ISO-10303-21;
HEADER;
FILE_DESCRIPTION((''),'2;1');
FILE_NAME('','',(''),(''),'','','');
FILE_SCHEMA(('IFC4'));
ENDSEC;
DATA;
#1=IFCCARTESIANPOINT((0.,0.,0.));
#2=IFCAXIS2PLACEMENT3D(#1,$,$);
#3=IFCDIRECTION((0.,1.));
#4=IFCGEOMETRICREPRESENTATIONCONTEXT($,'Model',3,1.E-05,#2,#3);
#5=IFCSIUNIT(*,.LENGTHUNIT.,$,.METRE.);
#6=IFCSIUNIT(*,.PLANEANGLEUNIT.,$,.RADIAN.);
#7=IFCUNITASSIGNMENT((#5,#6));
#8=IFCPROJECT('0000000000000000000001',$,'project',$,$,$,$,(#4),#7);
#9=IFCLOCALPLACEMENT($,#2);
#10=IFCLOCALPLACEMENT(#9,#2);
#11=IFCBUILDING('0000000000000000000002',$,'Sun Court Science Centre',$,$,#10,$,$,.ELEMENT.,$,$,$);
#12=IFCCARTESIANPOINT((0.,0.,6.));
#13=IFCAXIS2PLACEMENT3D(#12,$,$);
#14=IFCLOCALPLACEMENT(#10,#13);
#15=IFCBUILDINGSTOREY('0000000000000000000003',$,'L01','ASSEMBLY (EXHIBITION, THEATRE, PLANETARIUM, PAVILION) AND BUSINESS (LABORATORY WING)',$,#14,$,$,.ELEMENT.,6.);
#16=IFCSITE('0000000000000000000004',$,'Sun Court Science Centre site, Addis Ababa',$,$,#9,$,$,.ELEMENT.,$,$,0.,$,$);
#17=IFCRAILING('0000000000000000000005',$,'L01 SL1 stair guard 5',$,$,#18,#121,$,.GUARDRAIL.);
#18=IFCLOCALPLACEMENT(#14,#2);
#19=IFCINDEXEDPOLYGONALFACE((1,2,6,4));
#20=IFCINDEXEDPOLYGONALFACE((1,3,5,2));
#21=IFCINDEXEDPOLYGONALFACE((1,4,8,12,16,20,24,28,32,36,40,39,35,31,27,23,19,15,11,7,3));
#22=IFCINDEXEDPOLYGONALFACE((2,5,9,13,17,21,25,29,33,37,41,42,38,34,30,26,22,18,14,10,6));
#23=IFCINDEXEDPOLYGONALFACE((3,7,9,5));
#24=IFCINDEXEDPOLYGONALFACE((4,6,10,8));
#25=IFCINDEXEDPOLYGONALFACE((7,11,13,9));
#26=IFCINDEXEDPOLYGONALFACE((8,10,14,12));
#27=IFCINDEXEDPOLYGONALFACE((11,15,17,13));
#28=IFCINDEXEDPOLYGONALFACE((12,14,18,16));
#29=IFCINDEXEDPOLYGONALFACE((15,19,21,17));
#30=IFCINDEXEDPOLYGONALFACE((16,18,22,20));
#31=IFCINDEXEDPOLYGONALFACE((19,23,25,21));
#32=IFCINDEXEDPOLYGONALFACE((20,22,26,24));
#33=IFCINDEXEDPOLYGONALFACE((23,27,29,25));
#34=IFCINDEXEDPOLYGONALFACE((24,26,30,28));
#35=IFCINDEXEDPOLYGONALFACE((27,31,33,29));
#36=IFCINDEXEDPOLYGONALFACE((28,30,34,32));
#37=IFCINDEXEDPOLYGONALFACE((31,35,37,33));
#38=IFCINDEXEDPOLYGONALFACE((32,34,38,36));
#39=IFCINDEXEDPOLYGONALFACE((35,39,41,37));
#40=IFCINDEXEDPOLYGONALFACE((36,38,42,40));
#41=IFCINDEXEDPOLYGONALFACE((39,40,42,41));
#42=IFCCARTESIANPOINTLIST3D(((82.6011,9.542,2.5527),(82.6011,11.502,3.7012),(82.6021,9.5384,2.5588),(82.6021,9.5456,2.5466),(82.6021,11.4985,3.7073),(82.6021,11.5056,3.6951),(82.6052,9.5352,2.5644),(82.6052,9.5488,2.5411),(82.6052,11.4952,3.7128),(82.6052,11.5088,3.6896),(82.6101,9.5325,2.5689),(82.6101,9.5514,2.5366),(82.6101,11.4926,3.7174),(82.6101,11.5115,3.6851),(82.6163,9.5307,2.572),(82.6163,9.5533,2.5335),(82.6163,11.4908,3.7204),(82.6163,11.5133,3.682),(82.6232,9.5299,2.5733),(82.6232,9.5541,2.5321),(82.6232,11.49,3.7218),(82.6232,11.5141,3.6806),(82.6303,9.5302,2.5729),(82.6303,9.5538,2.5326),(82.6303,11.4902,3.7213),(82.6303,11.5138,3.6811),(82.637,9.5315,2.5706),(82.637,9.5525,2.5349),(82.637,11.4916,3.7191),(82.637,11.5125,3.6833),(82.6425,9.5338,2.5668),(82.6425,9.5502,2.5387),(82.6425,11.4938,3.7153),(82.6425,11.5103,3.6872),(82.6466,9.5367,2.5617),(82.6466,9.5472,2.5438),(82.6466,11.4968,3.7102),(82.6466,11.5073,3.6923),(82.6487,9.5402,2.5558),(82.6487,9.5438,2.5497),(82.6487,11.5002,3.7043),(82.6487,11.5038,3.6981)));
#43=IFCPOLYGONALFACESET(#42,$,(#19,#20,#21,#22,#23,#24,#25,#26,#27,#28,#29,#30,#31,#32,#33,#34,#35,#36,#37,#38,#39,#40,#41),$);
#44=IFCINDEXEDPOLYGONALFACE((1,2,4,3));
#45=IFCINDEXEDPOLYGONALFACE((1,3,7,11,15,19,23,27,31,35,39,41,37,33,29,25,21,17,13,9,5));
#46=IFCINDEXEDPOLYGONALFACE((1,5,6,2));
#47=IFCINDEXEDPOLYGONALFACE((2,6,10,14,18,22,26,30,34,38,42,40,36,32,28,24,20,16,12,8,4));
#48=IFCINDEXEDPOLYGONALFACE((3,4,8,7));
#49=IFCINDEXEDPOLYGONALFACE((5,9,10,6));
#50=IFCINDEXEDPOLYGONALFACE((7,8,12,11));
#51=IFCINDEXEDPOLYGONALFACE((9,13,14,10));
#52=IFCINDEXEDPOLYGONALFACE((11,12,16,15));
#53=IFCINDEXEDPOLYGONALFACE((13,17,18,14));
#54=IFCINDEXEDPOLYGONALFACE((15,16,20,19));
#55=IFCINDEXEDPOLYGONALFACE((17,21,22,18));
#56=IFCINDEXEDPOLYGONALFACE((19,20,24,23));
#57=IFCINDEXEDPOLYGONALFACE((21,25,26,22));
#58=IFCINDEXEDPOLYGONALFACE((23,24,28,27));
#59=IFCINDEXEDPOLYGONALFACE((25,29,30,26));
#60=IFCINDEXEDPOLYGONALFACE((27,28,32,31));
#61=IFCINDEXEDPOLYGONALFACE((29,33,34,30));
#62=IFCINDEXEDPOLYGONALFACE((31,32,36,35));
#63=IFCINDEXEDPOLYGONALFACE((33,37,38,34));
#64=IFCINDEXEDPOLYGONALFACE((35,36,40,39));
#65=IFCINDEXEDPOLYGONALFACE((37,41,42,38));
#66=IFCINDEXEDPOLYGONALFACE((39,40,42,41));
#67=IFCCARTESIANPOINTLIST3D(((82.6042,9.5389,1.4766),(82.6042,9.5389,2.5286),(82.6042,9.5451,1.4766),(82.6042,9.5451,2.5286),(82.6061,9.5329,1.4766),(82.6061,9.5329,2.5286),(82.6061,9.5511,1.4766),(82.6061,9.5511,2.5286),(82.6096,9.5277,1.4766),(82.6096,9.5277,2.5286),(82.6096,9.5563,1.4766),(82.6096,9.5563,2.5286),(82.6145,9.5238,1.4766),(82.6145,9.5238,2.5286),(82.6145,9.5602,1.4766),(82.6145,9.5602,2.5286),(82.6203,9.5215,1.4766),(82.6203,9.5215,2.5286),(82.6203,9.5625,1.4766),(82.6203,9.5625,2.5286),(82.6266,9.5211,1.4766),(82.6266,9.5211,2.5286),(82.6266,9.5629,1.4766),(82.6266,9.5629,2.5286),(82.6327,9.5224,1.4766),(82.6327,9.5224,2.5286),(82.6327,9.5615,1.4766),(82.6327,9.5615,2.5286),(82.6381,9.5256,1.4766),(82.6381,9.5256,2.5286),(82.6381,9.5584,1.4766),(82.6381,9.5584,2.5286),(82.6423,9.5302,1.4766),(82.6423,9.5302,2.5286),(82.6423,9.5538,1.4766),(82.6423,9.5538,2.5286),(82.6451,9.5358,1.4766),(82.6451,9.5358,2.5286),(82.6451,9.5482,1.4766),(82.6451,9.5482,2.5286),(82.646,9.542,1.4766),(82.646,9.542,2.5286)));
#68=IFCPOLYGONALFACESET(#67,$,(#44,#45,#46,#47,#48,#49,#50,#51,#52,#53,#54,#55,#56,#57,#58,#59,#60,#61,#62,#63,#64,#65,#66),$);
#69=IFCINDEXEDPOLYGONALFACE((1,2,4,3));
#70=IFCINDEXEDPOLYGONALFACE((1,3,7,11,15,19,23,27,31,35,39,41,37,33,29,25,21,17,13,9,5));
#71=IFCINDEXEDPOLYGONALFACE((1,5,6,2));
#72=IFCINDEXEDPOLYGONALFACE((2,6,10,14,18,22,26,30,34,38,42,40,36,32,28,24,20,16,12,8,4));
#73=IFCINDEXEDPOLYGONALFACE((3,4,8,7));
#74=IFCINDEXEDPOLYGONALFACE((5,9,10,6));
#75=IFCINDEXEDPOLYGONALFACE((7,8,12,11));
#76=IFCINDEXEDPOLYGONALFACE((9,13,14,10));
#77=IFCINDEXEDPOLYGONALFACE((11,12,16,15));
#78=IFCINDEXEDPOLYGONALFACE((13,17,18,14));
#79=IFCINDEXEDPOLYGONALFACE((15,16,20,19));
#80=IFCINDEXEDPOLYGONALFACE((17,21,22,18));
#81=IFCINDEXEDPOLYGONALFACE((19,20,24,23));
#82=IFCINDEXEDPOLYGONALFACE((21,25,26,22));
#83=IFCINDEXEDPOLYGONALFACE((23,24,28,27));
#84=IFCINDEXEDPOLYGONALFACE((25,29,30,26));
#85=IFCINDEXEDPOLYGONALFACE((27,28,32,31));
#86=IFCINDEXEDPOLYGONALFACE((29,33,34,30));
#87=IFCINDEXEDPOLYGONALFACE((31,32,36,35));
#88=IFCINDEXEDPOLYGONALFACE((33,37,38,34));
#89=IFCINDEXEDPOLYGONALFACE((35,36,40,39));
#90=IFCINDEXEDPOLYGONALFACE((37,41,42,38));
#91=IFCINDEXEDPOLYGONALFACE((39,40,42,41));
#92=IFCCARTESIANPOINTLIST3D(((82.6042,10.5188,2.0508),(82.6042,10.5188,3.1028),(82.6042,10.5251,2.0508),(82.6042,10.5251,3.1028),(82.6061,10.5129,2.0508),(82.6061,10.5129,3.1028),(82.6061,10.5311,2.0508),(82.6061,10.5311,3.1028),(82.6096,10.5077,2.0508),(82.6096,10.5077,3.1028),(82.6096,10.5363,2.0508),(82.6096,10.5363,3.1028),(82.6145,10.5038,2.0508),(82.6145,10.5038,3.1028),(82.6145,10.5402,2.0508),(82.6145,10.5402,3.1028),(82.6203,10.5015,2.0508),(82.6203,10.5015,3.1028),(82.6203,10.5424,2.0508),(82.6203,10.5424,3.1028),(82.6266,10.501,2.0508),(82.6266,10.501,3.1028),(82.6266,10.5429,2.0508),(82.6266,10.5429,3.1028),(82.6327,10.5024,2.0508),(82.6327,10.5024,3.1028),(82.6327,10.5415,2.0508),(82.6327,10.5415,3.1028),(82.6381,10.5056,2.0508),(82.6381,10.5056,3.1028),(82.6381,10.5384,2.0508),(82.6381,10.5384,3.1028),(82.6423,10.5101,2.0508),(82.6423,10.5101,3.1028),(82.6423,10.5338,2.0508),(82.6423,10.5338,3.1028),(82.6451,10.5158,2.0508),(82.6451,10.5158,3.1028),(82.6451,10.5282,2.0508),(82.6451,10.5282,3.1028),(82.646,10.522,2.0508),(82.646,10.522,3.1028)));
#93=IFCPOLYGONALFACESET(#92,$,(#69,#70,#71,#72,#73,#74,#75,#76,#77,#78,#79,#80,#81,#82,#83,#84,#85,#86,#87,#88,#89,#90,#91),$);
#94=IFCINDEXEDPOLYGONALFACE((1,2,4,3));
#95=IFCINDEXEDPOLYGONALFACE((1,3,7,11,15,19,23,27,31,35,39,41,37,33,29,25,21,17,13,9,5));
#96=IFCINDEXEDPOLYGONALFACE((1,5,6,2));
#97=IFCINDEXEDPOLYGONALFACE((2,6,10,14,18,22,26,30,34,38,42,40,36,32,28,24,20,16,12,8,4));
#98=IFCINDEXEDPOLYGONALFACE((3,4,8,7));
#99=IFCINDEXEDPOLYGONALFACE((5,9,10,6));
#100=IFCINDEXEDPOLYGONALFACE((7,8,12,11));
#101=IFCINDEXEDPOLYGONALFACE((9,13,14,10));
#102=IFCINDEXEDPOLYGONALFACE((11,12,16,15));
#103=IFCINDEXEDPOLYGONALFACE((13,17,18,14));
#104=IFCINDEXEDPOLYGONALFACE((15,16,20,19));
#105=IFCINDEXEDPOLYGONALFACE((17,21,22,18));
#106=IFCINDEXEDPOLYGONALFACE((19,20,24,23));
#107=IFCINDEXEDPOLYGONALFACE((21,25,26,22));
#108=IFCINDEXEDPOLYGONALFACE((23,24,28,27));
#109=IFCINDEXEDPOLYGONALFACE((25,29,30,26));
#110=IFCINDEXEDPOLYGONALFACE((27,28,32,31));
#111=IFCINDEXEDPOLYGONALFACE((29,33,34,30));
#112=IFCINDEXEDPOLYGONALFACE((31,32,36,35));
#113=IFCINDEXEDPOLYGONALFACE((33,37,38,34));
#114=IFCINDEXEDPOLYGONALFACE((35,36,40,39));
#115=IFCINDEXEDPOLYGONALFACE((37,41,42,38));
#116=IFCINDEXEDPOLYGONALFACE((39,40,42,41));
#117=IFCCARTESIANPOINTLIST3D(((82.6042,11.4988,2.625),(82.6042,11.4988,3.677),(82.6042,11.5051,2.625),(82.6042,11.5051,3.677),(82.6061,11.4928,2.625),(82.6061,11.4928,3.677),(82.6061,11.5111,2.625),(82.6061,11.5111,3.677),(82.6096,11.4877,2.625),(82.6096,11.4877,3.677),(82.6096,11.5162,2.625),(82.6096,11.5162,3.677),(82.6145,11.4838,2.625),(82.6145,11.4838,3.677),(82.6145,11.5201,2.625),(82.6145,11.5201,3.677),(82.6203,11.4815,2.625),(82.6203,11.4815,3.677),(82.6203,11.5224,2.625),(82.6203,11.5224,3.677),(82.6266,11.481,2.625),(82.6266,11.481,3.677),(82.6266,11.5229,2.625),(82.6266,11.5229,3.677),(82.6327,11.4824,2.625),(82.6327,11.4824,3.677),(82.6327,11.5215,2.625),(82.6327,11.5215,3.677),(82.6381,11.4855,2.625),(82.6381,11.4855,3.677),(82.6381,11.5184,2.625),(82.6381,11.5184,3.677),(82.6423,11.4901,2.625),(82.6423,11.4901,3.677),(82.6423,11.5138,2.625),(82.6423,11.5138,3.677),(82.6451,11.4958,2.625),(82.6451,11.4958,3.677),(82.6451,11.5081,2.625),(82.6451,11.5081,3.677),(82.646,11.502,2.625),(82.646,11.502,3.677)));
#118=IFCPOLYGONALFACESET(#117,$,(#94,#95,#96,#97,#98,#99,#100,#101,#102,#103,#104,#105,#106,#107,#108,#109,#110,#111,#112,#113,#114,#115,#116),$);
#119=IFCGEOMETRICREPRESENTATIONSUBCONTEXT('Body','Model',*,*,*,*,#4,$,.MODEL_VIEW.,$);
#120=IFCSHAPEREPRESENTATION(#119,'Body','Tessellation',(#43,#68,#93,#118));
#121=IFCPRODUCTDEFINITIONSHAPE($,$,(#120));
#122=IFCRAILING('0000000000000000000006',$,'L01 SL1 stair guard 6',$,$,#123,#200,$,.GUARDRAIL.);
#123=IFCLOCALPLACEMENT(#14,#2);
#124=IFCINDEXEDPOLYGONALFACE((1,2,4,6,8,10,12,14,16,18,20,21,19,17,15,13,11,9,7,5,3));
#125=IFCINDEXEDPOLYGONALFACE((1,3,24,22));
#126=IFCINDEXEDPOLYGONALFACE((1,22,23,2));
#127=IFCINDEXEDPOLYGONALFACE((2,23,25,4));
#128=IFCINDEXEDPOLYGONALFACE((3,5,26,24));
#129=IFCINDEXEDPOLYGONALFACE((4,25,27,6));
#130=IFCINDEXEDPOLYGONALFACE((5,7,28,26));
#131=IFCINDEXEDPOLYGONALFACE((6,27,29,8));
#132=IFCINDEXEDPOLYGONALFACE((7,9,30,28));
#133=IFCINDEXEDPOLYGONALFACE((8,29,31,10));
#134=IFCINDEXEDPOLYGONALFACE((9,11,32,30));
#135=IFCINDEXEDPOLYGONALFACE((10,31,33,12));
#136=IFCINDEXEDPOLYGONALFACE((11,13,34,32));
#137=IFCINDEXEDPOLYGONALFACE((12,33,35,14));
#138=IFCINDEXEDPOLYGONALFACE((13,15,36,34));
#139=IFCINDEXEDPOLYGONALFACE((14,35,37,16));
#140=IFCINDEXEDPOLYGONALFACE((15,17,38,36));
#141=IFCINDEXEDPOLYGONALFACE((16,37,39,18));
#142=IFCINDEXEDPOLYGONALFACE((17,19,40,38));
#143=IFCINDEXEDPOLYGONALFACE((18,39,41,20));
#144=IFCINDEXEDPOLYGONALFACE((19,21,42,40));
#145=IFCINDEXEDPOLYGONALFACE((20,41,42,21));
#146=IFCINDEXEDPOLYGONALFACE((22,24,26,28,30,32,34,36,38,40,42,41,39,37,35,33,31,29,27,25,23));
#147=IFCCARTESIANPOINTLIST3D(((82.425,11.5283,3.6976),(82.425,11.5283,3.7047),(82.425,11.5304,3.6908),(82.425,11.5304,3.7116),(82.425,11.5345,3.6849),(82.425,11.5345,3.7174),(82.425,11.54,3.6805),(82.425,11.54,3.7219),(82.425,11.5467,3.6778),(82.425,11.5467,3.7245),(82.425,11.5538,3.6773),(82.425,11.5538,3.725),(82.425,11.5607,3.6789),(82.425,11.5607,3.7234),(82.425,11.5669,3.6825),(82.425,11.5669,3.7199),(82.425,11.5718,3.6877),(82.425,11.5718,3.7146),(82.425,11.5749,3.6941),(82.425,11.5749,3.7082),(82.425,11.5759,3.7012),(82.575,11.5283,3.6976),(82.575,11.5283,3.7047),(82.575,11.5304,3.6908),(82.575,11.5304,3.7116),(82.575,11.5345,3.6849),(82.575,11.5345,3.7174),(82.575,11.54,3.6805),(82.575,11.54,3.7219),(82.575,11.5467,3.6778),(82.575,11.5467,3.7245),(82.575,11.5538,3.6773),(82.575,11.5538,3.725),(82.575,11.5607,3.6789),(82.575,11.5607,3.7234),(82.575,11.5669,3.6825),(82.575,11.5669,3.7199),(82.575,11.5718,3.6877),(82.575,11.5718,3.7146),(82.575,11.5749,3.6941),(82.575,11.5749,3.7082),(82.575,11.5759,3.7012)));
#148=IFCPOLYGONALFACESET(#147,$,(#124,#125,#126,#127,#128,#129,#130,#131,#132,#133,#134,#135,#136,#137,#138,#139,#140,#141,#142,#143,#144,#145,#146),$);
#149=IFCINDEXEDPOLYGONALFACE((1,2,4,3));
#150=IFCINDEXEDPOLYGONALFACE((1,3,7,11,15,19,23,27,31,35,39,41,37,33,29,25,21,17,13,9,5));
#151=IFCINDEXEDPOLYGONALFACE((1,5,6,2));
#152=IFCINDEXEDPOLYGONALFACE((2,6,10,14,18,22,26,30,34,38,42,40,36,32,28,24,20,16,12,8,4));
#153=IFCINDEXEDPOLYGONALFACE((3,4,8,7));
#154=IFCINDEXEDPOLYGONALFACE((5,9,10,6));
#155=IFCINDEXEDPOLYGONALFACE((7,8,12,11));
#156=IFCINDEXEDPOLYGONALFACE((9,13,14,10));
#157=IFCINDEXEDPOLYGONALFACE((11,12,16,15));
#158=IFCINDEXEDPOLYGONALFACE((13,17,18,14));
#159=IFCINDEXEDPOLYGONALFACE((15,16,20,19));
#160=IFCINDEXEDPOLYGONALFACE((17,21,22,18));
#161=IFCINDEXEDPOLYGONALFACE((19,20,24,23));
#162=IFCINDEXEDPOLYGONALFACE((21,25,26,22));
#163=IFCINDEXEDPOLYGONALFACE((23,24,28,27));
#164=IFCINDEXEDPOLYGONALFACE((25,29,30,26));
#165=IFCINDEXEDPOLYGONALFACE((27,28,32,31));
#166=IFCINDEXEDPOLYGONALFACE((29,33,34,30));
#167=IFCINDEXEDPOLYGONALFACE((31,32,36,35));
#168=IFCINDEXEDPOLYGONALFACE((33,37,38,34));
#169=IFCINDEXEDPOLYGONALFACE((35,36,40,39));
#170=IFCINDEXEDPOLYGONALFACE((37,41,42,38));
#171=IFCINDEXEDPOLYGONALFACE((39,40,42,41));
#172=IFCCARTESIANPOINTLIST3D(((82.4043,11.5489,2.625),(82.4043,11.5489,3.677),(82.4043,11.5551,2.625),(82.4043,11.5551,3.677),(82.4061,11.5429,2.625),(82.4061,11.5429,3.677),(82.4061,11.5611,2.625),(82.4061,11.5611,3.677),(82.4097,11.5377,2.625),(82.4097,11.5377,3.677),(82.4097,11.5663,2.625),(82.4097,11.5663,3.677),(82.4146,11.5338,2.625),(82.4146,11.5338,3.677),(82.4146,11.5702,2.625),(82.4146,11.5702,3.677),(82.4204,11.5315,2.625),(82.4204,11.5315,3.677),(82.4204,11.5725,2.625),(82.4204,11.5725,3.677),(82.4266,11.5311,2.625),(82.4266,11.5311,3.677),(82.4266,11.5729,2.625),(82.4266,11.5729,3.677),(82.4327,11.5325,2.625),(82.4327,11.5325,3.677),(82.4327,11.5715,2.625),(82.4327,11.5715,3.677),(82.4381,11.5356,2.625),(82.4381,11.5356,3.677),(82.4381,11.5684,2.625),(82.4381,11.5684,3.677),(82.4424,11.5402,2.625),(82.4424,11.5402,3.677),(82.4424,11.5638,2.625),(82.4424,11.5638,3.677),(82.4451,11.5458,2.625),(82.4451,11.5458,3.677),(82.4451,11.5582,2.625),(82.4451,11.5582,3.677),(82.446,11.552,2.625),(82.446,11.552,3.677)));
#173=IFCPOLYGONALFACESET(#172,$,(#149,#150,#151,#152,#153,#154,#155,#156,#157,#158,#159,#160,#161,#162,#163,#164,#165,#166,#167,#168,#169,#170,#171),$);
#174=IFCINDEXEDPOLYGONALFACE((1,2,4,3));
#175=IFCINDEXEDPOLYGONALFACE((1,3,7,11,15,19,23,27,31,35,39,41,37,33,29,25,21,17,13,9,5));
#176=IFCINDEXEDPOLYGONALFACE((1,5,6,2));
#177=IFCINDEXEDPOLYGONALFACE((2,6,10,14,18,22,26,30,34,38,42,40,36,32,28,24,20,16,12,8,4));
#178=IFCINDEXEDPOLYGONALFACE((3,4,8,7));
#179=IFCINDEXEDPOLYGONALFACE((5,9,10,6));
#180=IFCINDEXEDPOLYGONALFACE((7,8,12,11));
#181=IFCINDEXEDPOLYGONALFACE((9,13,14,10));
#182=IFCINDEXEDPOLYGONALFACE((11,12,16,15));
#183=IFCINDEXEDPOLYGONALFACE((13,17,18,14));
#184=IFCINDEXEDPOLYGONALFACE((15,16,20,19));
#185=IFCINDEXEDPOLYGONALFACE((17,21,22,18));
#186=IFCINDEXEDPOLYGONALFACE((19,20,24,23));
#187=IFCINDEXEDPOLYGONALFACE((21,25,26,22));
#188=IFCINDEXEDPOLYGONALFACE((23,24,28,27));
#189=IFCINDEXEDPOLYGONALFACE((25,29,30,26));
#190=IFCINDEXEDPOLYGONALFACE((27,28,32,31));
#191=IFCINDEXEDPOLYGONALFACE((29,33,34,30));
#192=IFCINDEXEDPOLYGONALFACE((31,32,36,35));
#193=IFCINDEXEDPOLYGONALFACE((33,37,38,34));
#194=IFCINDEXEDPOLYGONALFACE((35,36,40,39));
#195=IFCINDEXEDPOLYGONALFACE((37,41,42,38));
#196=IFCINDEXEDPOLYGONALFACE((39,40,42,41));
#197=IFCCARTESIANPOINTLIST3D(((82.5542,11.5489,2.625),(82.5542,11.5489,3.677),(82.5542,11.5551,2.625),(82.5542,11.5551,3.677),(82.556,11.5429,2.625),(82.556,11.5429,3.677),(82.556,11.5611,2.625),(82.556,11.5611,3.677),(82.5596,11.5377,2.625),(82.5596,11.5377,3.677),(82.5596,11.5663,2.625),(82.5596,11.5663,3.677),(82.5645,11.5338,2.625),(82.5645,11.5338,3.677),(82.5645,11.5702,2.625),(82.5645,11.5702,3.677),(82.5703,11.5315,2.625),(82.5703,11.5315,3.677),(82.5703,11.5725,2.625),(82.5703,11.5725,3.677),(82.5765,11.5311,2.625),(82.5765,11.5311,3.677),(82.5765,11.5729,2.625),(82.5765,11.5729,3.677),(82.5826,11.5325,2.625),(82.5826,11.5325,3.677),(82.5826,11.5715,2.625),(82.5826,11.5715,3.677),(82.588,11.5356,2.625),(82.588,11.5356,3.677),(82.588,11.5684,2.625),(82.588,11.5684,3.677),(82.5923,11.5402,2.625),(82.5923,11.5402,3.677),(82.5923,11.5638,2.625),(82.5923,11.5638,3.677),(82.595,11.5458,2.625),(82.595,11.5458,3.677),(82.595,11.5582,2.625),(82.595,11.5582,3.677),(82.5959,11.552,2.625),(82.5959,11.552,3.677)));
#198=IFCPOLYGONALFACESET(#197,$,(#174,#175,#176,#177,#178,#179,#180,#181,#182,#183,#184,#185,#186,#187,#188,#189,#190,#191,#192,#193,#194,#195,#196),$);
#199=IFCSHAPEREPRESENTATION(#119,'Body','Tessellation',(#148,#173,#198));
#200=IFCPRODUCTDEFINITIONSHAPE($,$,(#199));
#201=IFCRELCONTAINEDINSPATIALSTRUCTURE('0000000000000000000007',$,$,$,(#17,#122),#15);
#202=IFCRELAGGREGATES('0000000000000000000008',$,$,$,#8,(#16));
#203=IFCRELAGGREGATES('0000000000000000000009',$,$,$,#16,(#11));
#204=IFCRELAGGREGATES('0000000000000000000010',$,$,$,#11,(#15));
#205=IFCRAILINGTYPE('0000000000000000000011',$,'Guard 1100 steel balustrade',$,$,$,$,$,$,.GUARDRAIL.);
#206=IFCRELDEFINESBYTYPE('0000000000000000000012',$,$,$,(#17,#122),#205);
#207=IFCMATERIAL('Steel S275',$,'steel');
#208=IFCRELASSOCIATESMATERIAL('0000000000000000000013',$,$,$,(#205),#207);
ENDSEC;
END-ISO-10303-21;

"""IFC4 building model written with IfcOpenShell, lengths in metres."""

from ifc_helpers import new_model, si_unit, direction, frame, origin, origin_2d, place, context, subcontext, project, spatial, circle, extrude, material, type_object, element, save


model = new_model("IFC4")

# Units and contexts
model_context = context("Model", 3, precision=1e-05, world=origin(), true_north=direction((0.0, 1.0)))
body_context = subcontext(model_context, "Body", "Model", "MODEL_VIEW")
ifc_project = project(units=[si_unit("LENGTHUNIT", "METRE"), si_unit("PLANEANGLEUNIT", "RADIAN")], contexts=[model_context])

# Site, building, storey
site_placement = place(None, origin())
site = spatial("IfcSite", under=ifc_project, at=site_placement, Name="Sun Court Science Centre site, Addis Ababa", CompositionType="ELEMENT", RefElevation=0.0)
building_placement = place(site_placement, origin())
building = spatial("IfcBuilding", under=site, at=building_placement, Name="Sun Court Science Centre", CompositionType="ELEMENT")
storey_placement = place(building_placement, frame((0.0, 0.0, 6.0)))
storey = spatial("IfcBuildingStorey", under=building, at=storey_placement, Name="L01", Description="ASSEMBLY (EXHIBITION, THEATRE, PLANETARIUM, PAVILION) AND BUSINESS (LABORATORY WING)", CompositionType="ELEMENT", Elevation=6.0)

# Railings
ifc_material_1 = material(Name="Steel S275", Category="steel")
railing_type_1 = type_object("IfcRailingType", Name="Guard 1100 steel balustrade", PredefinedType="GUARDRAIL", material=ifc_material_1)
railing_1_placement = place(storey_placement, frame((82.625, 9.542, 1.4766)))
element("IfcRailing", 1, at=railing_1_placement, inside=storey, type_object=railing_type_1, Name="L01 SL1 stair guard 5", PredefinedType="GUARDRAIL", context=body_context, shape_type="SweptSolid", body=[
    extrude(circle(Radius=0.0239, at=origin_2d()), frame((0.0, 0.0, 1.0762), z_axis=(0.0, 0.862795, 0.505554), x_axis=(-1.0, 0.0, 0.0)), (0.0, 0.0, 1.0), 2.2717),
    extrude(circle(Radius=0.021, at=origin_2d()), origin(), (0.0, 0.0, 1.0), 1.052),
    extrude(circle(Radius=0.021, at=origin_2d()), frame((0.0, 0.98, 0.5742)), (0.0, 0.0, 1.0), 1.052),
    extrude(circle(Radius=0.021, at=origin_2d()), frame((0.0, 1.96, 1.1484)), (0.0, 0.0, 1.0), 1.052),
])
railing_2_placement = place(storey_placement, frame((82.425, 11.552, 2.625)))
element("IfcRailing", 2, at=railing_2_placement, inside=storey, type_object=railing_type_1, Name="L01 SL1 stair guard 6", PredefinedType="GUARDRAIL", context=body_context, shape_type="SweptSolid", body=[
    extrude(circle(Radius=0.0239, at=origin_2d()), frame((0.0, 0.0, 1.0762), z_axis=(1.0, 0.0, 0.0), x_axis=(0.0, 1.0, 0.0)), (0.0, 0.0, 1.0), 0.1499),
    extrude(circle(Radius=0.021, at=origin_2d()), origin(), (0.0, 0.0, 1.0), 1.052),
    extrude(circle(Radius=0.021, at=origin_2d()), frame((0.1499, 0.0, 0.0)), (0.0, 0.0, 1.0), 1.052),
])

save(model, "model.ifc")
